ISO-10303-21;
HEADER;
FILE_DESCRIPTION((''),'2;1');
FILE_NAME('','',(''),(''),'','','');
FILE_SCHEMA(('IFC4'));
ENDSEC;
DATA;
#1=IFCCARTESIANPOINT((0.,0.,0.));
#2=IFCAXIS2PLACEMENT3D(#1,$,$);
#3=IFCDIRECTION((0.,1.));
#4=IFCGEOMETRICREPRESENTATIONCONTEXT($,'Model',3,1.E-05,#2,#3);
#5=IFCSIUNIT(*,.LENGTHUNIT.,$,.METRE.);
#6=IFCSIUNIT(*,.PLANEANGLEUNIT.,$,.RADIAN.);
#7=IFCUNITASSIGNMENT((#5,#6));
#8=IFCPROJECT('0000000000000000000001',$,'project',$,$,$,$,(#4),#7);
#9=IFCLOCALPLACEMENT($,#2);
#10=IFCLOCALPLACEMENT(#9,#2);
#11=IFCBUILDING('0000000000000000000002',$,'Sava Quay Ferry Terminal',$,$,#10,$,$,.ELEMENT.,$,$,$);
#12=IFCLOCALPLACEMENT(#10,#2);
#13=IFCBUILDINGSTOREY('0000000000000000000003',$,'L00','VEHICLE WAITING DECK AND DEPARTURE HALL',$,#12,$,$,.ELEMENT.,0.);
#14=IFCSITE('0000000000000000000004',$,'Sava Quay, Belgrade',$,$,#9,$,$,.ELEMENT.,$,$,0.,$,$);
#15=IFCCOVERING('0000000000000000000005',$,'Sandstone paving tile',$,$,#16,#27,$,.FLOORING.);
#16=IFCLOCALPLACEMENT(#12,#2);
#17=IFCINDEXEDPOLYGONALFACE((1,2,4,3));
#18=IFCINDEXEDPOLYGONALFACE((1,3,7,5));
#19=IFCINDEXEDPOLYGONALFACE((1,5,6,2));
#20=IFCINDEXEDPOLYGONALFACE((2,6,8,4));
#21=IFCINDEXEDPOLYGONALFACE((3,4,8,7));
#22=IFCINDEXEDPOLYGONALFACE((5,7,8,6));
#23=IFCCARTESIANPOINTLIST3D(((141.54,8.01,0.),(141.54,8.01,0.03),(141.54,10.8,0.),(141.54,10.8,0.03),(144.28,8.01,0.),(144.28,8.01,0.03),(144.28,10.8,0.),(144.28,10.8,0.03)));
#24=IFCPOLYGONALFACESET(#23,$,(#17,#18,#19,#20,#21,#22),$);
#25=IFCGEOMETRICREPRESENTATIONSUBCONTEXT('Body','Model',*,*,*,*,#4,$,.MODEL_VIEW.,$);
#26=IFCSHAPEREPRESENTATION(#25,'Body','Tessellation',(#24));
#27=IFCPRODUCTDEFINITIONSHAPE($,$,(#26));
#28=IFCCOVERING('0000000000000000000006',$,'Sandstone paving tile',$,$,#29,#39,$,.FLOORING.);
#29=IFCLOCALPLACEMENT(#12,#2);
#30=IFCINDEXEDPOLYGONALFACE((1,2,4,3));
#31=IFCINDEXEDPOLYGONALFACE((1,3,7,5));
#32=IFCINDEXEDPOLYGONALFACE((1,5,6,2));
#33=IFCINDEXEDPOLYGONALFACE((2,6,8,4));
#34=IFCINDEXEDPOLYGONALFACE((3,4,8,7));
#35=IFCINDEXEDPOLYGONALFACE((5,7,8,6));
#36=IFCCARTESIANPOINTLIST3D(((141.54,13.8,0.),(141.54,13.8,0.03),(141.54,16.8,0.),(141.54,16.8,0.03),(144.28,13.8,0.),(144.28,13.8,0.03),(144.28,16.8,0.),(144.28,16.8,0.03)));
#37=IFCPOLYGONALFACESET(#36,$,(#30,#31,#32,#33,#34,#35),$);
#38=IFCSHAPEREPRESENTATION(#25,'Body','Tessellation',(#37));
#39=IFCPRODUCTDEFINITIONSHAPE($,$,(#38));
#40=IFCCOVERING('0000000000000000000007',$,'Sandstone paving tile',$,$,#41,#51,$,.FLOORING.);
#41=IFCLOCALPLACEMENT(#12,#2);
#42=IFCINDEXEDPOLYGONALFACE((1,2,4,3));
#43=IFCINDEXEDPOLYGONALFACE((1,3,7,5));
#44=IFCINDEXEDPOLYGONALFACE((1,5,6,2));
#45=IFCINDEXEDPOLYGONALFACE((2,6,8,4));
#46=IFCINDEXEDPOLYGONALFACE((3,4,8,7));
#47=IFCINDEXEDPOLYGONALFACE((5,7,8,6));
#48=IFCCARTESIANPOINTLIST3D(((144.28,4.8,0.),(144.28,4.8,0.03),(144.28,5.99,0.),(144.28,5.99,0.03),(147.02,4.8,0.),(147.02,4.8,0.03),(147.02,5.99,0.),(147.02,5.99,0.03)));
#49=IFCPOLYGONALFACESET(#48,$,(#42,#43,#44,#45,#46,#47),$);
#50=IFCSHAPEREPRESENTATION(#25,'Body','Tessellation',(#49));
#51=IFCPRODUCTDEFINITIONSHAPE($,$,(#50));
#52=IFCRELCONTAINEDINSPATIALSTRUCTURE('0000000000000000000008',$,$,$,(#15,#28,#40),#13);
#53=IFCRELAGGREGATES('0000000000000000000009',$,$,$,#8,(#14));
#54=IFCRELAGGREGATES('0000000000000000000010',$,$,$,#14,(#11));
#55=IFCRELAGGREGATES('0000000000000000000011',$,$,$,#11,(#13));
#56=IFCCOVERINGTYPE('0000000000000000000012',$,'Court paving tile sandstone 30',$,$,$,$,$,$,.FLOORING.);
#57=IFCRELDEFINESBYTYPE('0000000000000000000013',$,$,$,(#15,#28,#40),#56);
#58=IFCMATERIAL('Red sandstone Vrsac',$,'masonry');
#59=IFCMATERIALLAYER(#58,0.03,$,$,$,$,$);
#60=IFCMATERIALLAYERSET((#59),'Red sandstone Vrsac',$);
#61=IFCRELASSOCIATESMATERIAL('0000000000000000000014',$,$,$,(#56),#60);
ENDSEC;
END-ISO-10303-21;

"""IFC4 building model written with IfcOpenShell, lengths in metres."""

from ifc_helpers import new_model, si_unit, direction, origin, place, context, subcontext, project, spatial, polyline, outline, extrude, material, layer, layer_set, type_object, element, save


model = new_model("IFC4")

# Units and contexts
model_context = context("Model", 3, precision=1e-05, world=origin(), true_north=direction((0.0, 1.0)))
body_context = subcontext(model_context, "Body", "Model", "MODEL_VIEW")
ifc_project = project(units=[si_unit("LENGTHUNIT", "METRE"), si_unit("PLANEANGLEUNIT", "RADIAN")], contexts=[model_context])

# Site, building, storey
site_placement = place(None, origin())
site = spatial("IfcSite", under=ifc_project, at=site_placement, Name="Sava Quay, Belgrade", CompositionType="ELEMENT", RefElevation=0.0)
building_placement = place(site_placement, origin())
building = spatial("IfcBuilding", under=site, at=building_placement, Name="Sava Quay Ferry Terminal", CompositionType="ELEMENT")
storey_placement = place(building_placement, origin())
storey = spatial("IfcBuildingStorey", under=building, at=storey_placement, Name="L00", Description="VEHICLE WAITING DECK AND DEPARTURE HALL", CompositionType="ELEMENT", Elevation=0.0)

# Coverings
ifc_material_1 = material(Name="Red sandstone Vrsac", Category="masonry")
ifc_layer_1 = layer(ifc_material_1, 0.03)
ifc_layer_set_1 = layer_set([ifc_layer_1], Name="Red sandstone Vrsac")
covering_type_1 = type_object("IfcCoveringType", Name="Court paving tile sandstone 30", PredefinedType="FLOORING", material=ifc_layer_set_1)
covering_1_placement = place(storey_placement, origin())
element("IfcCovering", 1, at=covering_1_placement, inside=storey, type_object=covering_type_1, Name="Sandstone paving tile", PredefinedType="FLOORING", context=body_context, shape_type="SweptSolid", body=[
    extrude(outline(polyline([(141.54, 10.8), (141.54, 8.01), (144.28, 8.01), (144.28, 10.8), (141.54, 10.8)])), origin(), (0.0, 0.0, 1.0), 0.03),
])
covering_2_placement = place(storey_placement, origin())
element("IfcCovering", 2, at=covering_2_placement, inside=storey, type_object=covering_type_1, Name="Sandstone paving tile", PredefinedType="FLOORING", context=body_context, shape_type="SweptSolid", body=[
    extrude(outline(polyline([(141.54, 13.8), (144.28, 13.8), (144.28, 16.8), (141.54, 16.8), (141.54, 13.8)])), origin(), (0.0, 0.0, 1.0), 0.03),
])
covering_3_placement = place(storey_placement, origin())
element("IfcCovering", 3, at=covering_3_placement, inside=storey, type_object=covering_type_1, Name="Sandstone paving tile", PredefinedType="FLOORING", context=body_context, shape_type="SweptSolid", body=[
    extrude(outline(polyline([(147.02, 4.8), (147.02, 5.99), (144.28, 5.99), (144.28, 4.8), (147.02, 4.8)])), origin(), (0.0, 0.0, 1.0), 0.03),
])

save(model, "model.ifc")
